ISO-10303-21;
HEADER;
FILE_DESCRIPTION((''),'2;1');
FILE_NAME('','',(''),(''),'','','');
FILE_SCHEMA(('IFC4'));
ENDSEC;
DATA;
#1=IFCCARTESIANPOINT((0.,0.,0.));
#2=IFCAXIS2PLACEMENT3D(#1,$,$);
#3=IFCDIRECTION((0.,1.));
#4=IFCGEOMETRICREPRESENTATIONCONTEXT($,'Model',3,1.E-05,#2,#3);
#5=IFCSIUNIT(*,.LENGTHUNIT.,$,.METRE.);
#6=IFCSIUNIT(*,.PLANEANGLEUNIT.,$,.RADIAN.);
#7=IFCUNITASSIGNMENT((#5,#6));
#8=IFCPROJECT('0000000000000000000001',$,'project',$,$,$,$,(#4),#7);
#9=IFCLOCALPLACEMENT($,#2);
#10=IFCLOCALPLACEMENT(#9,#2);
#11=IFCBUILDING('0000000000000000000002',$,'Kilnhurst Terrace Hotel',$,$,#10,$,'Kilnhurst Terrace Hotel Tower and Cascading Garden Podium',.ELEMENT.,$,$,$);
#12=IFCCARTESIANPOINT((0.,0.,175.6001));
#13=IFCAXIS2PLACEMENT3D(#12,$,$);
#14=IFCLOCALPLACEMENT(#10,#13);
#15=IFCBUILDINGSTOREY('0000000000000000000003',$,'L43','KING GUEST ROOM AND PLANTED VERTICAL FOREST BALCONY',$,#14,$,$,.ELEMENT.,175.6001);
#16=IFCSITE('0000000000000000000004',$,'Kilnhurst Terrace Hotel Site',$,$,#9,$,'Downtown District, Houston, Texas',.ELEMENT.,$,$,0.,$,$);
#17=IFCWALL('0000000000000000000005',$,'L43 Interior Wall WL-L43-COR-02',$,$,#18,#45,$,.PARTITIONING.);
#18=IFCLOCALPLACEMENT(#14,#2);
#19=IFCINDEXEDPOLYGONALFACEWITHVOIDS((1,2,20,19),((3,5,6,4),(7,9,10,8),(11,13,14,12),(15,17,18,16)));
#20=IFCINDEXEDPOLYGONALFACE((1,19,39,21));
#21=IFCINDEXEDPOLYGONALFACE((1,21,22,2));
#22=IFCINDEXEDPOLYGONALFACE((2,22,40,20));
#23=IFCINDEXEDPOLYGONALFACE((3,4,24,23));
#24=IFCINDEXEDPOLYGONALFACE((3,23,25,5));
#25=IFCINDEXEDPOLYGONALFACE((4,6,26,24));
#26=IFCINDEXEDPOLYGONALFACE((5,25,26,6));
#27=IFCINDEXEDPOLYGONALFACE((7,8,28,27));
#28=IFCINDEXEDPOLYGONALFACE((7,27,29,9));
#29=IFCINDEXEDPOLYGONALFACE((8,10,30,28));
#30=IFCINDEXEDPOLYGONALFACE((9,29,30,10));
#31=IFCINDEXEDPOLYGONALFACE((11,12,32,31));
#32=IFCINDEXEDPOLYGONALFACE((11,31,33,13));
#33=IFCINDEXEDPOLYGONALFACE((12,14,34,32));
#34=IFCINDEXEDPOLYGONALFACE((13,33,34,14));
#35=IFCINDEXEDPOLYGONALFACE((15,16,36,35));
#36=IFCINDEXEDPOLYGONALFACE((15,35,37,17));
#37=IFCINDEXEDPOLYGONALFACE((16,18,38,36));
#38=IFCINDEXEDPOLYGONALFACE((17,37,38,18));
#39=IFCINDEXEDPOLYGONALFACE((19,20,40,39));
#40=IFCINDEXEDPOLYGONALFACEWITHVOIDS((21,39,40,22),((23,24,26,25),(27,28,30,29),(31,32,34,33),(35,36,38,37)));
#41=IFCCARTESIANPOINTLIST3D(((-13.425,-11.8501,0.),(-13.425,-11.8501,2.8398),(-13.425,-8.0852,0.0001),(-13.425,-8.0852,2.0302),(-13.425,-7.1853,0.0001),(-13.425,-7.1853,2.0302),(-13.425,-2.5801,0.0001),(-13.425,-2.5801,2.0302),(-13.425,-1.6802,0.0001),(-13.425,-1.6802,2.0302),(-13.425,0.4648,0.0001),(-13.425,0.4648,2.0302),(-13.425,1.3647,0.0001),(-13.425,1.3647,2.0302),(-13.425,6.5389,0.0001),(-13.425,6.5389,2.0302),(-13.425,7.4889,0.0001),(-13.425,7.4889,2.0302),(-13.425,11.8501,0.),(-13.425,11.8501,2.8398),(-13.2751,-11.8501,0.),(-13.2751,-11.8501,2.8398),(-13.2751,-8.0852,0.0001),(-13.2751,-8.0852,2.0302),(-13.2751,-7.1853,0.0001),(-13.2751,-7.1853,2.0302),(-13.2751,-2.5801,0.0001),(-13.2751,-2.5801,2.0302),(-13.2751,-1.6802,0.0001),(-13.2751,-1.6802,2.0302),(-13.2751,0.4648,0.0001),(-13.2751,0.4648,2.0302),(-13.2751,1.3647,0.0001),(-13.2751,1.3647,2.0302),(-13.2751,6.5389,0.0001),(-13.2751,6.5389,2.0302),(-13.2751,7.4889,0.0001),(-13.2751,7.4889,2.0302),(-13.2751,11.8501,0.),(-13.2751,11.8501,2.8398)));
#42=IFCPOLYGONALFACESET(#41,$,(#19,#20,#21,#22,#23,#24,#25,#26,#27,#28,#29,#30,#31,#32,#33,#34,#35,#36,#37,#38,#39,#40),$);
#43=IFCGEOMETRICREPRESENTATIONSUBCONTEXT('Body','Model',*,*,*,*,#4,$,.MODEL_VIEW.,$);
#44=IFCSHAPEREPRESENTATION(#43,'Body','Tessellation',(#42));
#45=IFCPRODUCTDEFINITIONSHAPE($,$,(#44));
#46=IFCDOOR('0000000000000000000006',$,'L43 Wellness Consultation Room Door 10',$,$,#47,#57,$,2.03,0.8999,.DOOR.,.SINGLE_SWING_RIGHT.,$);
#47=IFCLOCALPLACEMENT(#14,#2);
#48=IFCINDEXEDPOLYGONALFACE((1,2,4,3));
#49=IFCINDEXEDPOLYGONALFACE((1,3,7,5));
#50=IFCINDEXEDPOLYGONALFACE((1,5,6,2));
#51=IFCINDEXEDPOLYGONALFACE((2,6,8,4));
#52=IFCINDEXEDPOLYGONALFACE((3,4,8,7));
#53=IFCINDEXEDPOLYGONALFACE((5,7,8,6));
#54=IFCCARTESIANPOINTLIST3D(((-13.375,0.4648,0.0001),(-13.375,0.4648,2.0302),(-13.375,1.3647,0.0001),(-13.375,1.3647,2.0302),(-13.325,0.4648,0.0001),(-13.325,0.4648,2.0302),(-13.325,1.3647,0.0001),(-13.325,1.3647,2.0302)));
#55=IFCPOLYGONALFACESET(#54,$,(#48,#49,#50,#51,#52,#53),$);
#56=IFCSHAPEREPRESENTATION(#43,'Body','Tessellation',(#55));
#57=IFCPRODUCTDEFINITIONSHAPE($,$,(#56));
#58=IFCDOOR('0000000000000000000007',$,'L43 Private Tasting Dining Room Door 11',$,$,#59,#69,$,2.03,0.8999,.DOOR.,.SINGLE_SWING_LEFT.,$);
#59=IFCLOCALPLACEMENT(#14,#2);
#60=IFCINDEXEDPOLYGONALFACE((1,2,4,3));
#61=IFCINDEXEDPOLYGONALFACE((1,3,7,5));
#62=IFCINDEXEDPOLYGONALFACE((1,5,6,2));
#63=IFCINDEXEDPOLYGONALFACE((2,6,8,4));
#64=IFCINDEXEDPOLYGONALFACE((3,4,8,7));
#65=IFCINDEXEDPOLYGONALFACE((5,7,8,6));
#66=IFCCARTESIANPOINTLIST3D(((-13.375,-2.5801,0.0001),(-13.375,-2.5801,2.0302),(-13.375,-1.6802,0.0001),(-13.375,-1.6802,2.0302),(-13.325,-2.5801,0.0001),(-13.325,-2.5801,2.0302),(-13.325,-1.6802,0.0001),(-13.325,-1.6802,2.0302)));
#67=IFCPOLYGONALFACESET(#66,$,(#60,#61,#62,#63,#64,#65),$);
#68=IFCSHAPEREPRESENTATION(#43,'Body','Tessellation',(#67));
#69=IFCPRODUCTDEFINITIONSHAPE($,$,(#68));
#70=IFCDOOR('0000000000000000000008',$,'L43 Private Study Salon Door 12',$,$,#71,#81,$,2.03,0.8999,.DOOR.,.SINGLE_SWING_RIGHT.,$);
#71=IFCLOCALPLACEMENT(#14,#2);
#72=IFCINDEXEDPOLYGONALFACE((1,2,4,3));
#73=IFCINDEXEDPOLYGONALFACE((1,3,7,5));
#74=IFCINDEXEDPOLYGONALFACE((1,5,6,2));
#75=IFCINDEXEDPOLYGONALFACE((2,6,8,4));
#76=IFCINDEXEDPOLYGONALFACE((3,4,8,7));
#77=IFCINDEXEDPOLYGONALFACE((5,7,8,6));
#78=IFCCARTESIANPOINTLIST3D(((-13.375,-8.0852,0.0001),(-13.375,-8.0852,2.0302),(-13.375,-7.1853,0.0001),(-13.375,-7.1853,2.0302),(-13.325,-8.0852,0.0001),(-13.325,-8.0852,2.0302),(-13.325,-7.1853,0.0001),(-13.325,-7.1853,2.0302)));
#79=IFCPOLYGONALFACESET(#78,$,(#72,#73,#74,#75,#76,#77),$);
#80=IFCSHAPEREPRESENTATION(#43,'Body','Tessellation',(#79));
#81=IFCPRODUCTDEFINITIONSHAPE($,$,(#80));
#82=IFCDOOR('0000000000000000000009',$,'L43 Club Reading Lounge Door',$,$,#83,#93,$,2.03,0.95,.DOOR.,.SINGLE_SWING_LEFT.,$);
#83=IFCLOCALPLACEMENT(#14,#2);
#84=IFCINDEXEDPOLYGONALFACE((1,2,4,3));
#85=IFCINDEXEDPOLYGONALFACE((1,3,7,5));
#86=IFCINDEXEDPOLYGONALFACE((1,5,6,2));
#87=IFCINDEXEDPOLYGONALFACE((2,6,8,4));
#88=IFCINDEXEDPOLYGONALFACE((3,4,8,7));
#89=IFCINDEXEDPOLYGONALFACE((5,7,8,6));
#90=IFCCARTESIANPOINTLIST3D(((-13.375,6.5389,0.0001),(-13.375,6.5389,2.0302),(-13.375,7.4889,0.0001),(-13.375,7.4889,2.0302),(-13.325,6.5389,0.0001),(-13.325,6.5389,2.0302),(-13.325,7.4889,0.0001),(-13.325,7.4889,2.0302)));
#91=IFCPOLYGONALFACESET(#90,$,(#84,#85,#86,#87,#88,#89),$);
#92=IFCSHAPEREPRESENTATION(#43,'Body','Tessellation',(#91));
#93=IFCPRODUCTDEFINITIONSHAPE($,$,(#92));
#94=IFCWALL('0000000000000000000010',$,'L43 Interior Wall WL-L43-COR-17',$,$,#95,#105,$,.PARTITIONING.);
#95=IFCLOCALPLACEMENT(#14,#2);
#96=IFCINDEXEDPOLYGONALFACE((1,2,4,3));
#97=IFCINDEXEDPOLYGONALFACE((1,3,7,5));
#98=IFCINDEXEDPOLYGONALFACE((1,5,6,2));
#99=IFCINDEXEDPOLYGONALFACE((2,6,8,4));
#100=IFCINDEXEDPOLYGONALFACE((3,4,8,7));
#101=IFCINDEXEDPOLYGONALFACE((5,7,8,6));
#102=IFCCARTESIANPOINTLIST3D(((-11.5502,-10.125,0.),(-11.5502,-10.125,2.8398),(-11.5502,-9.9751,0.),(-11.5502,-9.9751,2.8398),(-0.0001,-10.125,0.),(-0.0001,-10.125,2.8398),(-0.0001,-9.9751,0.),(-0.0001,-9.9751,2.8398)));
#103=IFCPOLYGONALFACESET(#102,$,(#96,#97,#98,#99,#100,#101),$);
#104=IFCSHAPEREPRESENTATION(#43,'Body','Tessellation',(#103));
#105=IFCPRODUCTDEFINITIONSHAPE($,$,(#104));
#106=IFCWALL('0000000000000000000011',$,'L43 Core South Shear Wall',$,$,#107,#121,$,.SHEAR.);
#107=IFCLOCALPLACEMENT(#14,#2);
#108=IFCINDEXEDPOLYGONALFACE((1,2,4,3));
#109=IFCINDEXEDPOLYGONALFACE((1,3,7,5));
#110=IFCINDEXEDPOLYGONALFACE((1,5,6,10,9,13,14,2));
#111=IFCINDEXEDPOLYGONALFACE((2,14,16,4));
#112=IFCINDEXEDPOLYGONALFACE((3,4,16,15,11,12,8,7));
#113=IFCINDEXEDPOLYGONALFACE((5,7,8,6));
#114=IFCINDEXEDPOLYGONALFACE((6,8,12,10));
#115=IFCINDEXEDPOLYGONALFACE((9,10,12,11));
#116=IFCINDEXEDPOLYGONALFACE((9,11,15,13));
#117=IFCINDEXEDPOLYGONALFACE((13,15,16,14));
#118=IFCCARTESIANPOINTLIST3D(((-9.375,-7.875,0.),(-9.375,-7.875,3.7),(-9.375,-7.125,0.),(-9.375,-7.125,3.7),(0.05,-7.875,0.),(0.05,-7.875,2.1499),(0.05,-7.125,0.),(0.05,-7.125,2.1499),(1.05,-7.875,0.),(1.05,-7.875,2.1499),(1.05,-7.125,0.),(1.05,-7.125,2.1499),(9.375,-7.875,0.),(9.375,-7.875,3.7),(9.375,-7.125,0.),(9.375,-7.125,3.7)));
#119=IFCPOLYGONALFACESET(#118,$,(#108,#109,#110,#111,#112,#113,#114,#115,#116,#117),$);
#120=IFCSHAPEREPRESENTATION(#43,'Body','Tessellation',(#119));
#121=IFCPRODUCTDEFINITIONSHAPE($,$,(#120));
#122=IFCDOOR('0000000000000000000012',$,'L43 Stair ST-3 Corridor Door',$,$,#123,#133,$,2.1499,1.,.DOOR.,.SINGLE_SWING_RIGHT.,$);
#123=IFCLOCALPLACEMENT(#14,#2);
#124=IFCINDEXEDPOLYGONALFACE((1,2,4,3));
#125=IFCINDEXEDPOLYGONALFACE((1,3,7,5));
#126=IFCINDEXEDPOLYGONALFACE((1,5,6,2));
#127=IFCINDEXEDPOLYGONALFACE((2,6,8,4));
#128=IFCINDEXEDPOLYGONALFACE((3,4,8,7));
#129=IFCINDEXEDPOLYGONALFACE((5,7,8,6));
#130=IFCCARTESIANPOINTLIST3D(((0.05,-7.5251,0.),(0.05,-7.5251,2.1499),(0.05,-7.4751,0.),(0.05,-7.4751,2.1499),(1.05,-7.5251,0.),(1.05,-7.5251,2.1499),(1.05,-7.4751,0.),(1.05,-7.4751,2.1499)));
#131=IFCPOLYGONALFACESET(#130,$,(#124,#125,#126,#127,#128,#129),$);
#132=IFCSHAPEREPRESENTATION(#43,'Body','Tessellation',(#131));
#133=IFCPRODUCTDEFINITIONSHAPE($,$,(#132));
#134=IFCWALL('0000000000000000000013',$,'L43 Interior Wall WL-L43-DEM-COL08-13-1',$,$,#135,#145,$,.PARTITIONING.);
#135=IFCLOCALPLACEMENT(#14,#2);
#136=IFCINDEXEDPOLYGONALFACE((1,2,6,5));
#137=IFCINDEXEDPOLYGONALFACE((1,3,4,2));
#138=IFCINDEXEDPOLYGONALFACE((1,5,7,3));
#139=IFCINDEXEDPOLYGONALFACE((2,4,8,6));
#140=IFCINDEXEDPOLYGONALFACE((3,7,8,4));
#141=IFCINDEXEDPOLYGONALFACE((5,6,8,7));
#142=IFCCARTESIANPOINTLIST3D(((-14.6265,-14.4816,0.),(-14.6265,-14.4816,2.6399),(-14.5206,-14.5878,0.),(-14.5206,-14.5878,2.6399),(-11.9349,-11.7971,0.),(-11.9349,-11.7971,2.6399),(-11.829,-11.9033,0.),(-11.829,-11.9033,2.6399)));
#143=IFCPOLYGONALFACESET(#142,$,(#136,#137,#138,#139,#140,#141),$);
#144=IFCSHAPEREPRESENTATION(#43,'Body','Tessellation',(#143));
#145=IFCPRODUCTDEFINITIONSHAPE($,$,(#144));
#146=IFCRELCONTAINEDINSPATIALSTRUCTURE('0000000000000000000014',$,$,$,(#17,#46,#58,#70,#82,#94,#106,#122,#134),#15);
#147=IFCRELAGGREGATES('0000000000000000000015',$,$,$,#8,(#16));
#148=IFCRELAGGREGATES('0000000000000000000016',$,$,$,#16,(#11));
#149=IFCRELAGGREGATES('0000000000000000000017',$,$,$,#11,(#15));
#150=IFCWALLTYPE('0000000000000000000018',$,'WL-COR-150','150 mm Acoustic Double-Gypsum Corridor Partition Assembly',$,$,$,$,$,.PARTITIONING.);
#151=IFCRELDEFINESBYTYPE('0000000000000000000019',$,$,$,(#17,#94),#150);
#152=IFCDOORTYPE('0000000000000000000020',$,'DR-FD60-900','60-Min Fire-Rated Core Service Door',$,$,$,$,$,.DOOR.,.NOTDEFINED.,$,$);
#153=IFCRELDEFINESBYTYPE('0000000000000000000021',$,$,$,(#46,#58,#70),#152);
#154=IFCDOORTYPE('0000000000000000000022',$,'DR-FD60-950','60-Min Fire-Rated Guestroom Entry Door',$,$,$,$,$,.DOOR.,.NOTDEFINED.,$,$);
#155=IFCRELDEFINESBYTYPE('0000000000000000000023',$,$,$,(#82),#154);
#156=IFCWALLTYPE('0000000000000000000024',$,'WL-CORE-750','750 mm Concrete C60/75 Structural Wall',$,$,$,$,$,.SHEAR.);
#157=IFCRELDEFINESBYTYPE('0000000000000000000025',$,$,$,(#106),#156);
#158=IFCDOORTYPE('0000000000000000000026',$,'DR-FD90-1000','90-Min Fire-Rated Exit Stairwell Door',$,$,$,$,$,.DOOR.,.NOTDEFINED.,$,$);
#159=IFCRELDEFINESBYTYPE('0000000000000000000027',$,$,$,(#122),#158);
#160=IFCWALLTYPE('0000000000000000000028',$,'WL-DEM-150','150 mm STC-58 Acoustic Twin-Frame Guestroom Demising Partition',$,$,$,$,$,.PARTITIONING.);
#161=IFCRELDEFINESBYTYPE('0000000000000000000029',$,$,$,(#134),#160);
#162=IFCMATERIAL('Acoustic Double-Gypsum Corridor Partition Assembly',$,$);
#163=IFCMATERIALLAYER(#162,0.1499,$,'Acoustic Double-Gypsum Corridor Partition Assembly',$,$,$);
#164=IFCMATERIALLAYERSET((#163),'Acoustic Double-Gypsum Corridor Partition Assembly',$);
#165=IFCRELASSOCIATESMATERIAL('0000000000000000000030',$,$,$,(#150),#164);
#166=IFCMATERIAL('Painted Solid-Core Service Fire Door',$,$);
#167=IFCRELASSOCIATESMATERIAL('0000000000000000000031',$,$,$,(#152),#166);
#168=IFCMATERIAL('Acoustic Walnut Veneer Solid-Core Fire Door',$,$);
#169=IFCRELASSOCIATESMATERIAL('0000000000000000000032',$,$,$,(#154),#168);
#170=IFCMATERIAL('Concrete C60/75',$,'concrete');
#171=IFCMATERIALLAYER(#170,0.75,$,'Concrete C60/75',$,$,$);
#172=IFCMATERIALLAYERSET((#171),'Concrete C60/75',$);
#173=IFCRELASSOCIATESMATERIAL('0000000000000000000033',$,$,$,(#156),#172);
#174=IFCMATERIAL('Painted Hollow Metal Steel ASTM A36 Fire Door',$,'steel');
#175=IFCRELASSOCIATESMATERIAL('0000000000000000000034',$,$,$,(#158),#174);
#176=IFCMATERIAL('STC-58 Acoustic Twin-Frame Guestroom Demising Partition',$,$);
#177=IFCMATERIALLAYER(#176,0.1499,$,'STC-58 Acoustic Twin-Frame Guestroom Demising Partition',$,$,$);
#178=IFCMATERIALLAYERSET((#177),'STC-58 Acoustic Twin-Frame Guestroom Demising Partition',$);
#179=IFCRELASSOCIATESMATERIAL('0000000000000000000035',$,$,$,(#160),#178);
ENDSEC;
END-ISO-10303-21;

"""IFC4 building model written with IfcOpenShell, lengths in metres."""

from ifc_helpers import new_model, si_unit, direction, frame, frame_2d, origin, place, context, subcontext, project, spatial, rectangle, extrude, material, layer, layer_set, type_object, element, fill, save


model = new_model("IFC4")

# Units and contexts
model_context = context("Model", 3, precision=1e-05, world=origin(), true_north=direction((0.0, 1.0)))
body_context = subcontext(model_context, "Body", "Model", "MODEL_VIEW")
ifc_project = project(units=[si_unit("LENGTHUNIT", "METRE"), si_unit("PLANEANGLEUNIT", "RADIAN")], contexts=[model_context])

# Site, building, storey
site_placement = place(None, origin())
site = spatial("IfcSite", under=ifc_project, at=site_placement, Name="Kilnhurst Terrace Hotel Site", LongName="Downtown District, Houston, Texas", CompositionType="ELEMENT", RefElevation=0.0)
building_placement = place(site_placement, origin())
building = spatial("IfcBuilding", under=site, at=building_placement, Name="Kilnhurst Terrace Hotel", LongName="Kilnhurst Terrace Hotel Tower and Cascading Garden Podium", CompositionType="ELEMENT")
storey_placement = place(building_placement, frame((0.0, 0.0, 175.6001)))
storey = spatial("IfcBuildingStorey", under=building, at=storey_placement, Name="L43", Description="KING GUEST ROOM AND PLANTED VERTICAL FOREST BALCONY", CompositionType="ELEMENT", Elevation=175.6001)

# Wall, openings, doors
ifc_material_1 = material(Name="Acoustic Double-Gypsum Corridor Partition Assembly")
ifc_layer_1 = layer(ifc_material_1, 0.1499, Name="Acoustic Double-Gypsum Corridor Partition Assembly")
ifc_layer_set_1 = layer_set([ifc_layer_1], Name="Acoustic Double-Gypsum Corridor Partition Assembly")
wall_type_1 = type_object("IfcWallType", Name="WL-COR-150", Description="150 mm Acoustic Double-Gypsum Corridor Partition Assembly", PredefinedType="PARTITIONING", material=ifc_layer_set_1)
wall_1_placement = place(storey_placement, frame((-13.3501, -11.8501, 0.0), z_axis=(0.0, 0.0, 1.0), x_axis=(0.0, 1.0, 0.0)))
wall_1 = element("IfcWall", 1, at=wall_1_placement, inside=storey, type_object=wall_type_1, Name="L43 Interior Wall WL-L43-COR-02", PredefinedType="PARTITIONING", context=body_context, shape_type="SweptSolid", body=[
    extrude(rectangle(XDim=23.7002, YDim=0.1499, at=frame_2d((11.8501, 0.0))), origin(), (0.0, 0.0, 1.0), 2.8398),
])
opening_1_placement = place(wall_1_placement, frame((18.3889, 0.0, 0.0)))
opening_1 = element("IfcOpeningElement", 2, at=opening_1_placement, cuts=wall_1, PredefinedType="OPENING", context=body_context, shape_type="SweptSolid", body=[
    extrude(rectangle(XDim=0.95, YDim=2.03, at=frame_2d((0.4751, 1.0151))), frame((0.0, 0.085, 0.0), z_axis=(0.0, -1.0, 0.0), x_axis=(1.0, 0.0, 0.0)), (0.0, 0.0, 1.0), 0.1699),
])
opening_2_placement = place(wall_1_placement, frame((12.3149, 0.0, 0.0)))
opening_2 = element("IfcOpeningElement", 3, at=opening_2_placement, cuts=wall_1, PredefinedType="OPENING", context=body_context, shape_type="SweptSolid", body=[
    extrude(rectangle(XDim=0.8999, YDim=2.03, at=frame_2d((0.45, 1.0151))), frame((0.0, 0.085, 0.0), z_axis=(0.0, -1.0, 0.0), x_axis=(1.0, 0.0, 0.0)), (0.0, 0.0, 1.0), 0.1699),
])
opening_3_placement = place(wall_1_placement, frame((9.27, 0.0, 0.0)))
opening_3 = element("IfcOpeningElement", 4, at=opening_3_placement, cuts=wall_1, PredefinedType="OPENING", context=body_context, shape_type="SweptSolid", body=[
    extrude(rectangle(XDim=0.8999, YDim=2.03, at=frame_2d((0.45, 1.0151))), frame((0.0, 0.085, 0.0), z_axis=(0.0, -1.0, 0.0), x_axis=(1.0, 0.0, 0.0)), (0.0, 0.0, 1.0), 0.1699),
])
opening_4_placement = place(wall_1_placement, frame((3.7649, 0.0, 0.0)))
opening_4 = element("IfcOpeningElement", 5, at=opening_4_placement, cuts=wall_1, PredefinedType="OPENING", context=body_context, shape_type="SweptSolid", body=[
    extrude(rectangle(XDim=0.8999, YDim=2.03, at=frame_2d((0.45, 1.0151))), frame((0.0, 0.085, 0.0), z_axis=(0.0, -1.0, 0.0), x_axis=(1.0, 0.0, 0.0)), (0.0, 0.0, 1.0), 0.1699),
])
ifc_material_2 = material(Name="Painted Solid-Core Service Fire Door")
door_type_1 = type_object("IfcDoorType", Name="DR-FD60-900", Description="60-Min Fire-Rated Core Service Door", OperationType="NOTDEFINED", PredefinedType="DOOR", material=ifc_material_2)
door_1_placement = place(opening_2_placement, origin())
door_1 = element("IfcDoor", 6, at=door_1_placement, inside=storey, type_object=door_type_1, Name="L43 Wellness Consultation Room Door 10", OperationType="SINGLE_SWING_RIGHT", OverallHeight=2.03, OverallWidth=0.8999, PredefinedType="DOOR", context=body_context, shape_type="SweptSolid", body=[
    extrude(rectangle(XDim=0.8999, YDim=2.03, at=frame_2d((0.45, 1.0151))), frame((0.0, 0.0249, 0.0), z_axis=(0.0, -1.0, 0.0), x_axis=(1.0, 0.0, 0.0)), (0.0, 0.0, 1.0), 0.05),
])
fill(opening_2, door_1)
door_2_placement = place(opening_3_placement, origin())
door_2 = element("IfcDoor", 7, at=door_2_placement, inside=storey, type_object=door_type_1, Name="L43 Private Tasting Dining Room Door 11", OperationType="SINGLE_SWING_LEFT", OverallHeight=2.03, OverallWidth=0.8999, PredefinedType="DOOR", context=body_context, shape_type="SweptSolid", body=[
    extrude(rectangle(XDim=0.8999, YDim=2.03, at=frame_2d((0.45, 1.0151))), frame((0.0, 0.0249, 0.0), z_axis=(0.0, -1.0, 0.0), x_axis=(1.0, 0.0, 0.0)), (0.0, 0.0, 1.0), 0.05),
])
fill(opening_3, door_2)
door_3_placement = place(opening_4_placement, origin())
door_3 = element("IfcDoor", 8, at=door_3_placement, inside=storey, type_object=door_type_1, Name="L43 Private Study Salon Door 12", OperationType="SINGLE_SWING_RIGHT", OverallHeight=2.03, OverallWidth=0.8999, PredefinedType="DOOR", context=body_context, shape_type="SweptSolid", body=[
    extrude(rectangle(XDim=0.8999, YDim=2.03, at=frame_2d((0.45, 1.0151))), frame((0.0, 0.0249, 0.0), z_axis=(0.0, -1.0, 0.0), x_axis=(1.0, 0.0, 0.0)), (0.0, 0.0, 1.0), 0.05),
])
fill(opening_4, door_3)
ifc_material_3 = material(Name="Acoustic Walnut Veneer Solid-Core Fire Door")
door_type_2 = type_object("IfcDoorType", Name="DR-FD60-950", Description="60-Min Fire-Rated Guestroom Entry Door", OperationType="NOTDEFINED", PredefinedType="DOOR", material=ifc_material_3)
door_4_placement = place(opening_1_placement, origin())
door_4 = element("IfcDoor", 9, at=door_4_placement, inside=storey, type_object=door_type_2, Name="L43 Club Reading Lounge Door", OperationType="SINGLE_SWING_LEFT", OverallHeight=2.03, OverallWidth=0.95, PredefinedType="DOOR", context=body_context, shape_type="SweptSolid", body=[
    extrude(rectangle(XDim=0.95, YDim=2.03, at=frame_2d((0.4751, 1.0151))), frame((0.0, 0.0249, 0.0), z_axis=(0.0, -1.0, 0.0), x_axis=(1.0, 0.0, 0.0)), (0.0, 0.0, 1.0), 0.05),
])
fill(opening_1, door_4)

# Wall
wall_2_placement = place(storey_placement, frame((-11.55, -10.05, 0.0), z_axis=(0.0, 0.0, 1.0), x_axis=(1.0, 0.0, 0.0)))
element("IfcWall", 10, at=wall_2_placement, inside=storey, type_object=wall_type_1, Name="L43 Interior Wall WL-L43-COR-17", PredefinedType="PARTITIONING", context=body_context, shape_type="SweptSolid", body=[
    extrude(rectangle(XDim=11.55, YDim=0.1499, at=frame_2d((5.7749, 0.0))), origin(), (0.0, 0.0, 1.0), 2.8398),
])

# Wall, opening, door
ifc_material_4 = material(Name="Concrete C60/75", Category="concrete")
ifc_layer_2 = layer(ifc_material_4, 0.75, Name="Concrete C60/75")
ifc_layer_set_2 = layer_set([ifc_layer_2], Name="Concrete C60/75")
wall_type_2 = type_object("IfcWallType", Name="WL-CORE-750", Description="750 mm Concrete C60/75 Structural Wall", PredefinedType="SHEAR", material=ifc_layer_set_2)
wall_3_placement = place(storey_placement, frame((-9.375, -7.5, 0.0), z_axis=(0.0, 0.0, 1.0), x_axis=(1.0, 0.0, 0.0)))
wall_3 = element("IfcWall", 11, at=wall_3_placement, inside=storey, type_object=wall_type_2, Name="L43 Core South Shear Wall", PredefinedType="SHEAR", context=body_context, shape_type="SweptSolid", body=[
    extrude(rectangle(XDim=18.75, YDim=0.75, at=frame_2d((9.375, 0.0))), origin(), (0.0, 0.0, 1.0), 3.7),
])
opening_5_placement = place(wall_3_placement, frame((9.425, 0.0, 0.0)))
opening_5 = element("IfcOpeningElement", 12, at=opening_5_placement, cuts=wall_3, PredefinedType="OPENING", context=body_context, shape_type="SweptSolid", body=[
    extrude(rectangle(XDim=1.0, YDim=2.1499, at=frame_2d((0.5, 1.075))), frame((0.0, 0.385, 0.0), z_axis=(0.0, -1.0, 0.0), x_axis=(1.0, 0.0, 0.0)), (0.0, 0.0, 1.0), 0.77),
])
ifc_material_5 = material(Name="Painted Hollow Metal Steel ASTM A36 Fire Door", Category="steel")
door_type_3 = type_object("IfcDoorType", Name="DR-FD90-1000", Description="90-Min Fire-Rated Exit Stairwell Door", OperationType="NOTDEFINED", PredefinedType="DOOR", material=ifc_material_5)
door_5_placement = place(opening_5_placement, origin())
door_5 = element("IfcDoor", 13, at=door_5_placement, inside=storey, type_object=door_type_3, Name="L43 Stair ST-3 Corridor Door", OperationType="SINGLE_SWING_RIGHT", OverallHeight=2.1499, OverallWidth=1.0, PredefinedType="DOOR", context=body_context, shape_type="SweptSolid", body=[
    extrude(rectangle(XDim=1.0, YDim=2.1499, at=frame_2d((0.5, 1.075))), frame((0.0, 0.0249, 0.0), z_axis=(0.0, -1.0, 0.0), x_axis=(1.0, 0.0, 0.0)), (0.0, 0.0, 1.0), 0.05),
])
fill(opening_5, door_5)

# Wall
ifc_material_6 = material(Name="STC-58 Acoustic Twin-Frame Guestroom Demising Partition")
ifc_layer_3 = layer(ifc_material_6, 0.1499, Name="STC-58 Acoustic Twin-Frame Guestroom Demising Partition")
ifc_layer_set_3 = layer_set([ifc_layer_3], Name="STC-58 Acoustic Twin-Frame Guestroom Demising Partition")
wall_type_3 = type_object("IfcWallType", Name="WL-DEM-150", Description="150 mm STC-58 Acoustic Twin-Frame Guestroom Demising Partition", PredefinedType="PARTITIONING", material=ifc_layer_set_3)
wall_4_placement = place(storey_placement, frame((-11.8818, -11.8501, 0.0), z_axis=(0.0, 0.0, 1.0), x_axis=(-0.708037, -0.706175, 0.0)))
element("IfcWall", 14, at=wall_4_placement, inside=storey, type_object=wall_type_3, Name="L43 Interior Wall WL-L43-DEM-COL08-13-1", PredefinedType="PARTITIONING", context=body_context, shape_type="SweptSolid", body=[
    extrude(rectangle(XDim=3.8015, YDim=0.1499, at=frame_2d((1.9009, 0.0))), origin(), (0.0, 0.0, 1.0), 2.6399),
])

save(model, "model.ifc")
